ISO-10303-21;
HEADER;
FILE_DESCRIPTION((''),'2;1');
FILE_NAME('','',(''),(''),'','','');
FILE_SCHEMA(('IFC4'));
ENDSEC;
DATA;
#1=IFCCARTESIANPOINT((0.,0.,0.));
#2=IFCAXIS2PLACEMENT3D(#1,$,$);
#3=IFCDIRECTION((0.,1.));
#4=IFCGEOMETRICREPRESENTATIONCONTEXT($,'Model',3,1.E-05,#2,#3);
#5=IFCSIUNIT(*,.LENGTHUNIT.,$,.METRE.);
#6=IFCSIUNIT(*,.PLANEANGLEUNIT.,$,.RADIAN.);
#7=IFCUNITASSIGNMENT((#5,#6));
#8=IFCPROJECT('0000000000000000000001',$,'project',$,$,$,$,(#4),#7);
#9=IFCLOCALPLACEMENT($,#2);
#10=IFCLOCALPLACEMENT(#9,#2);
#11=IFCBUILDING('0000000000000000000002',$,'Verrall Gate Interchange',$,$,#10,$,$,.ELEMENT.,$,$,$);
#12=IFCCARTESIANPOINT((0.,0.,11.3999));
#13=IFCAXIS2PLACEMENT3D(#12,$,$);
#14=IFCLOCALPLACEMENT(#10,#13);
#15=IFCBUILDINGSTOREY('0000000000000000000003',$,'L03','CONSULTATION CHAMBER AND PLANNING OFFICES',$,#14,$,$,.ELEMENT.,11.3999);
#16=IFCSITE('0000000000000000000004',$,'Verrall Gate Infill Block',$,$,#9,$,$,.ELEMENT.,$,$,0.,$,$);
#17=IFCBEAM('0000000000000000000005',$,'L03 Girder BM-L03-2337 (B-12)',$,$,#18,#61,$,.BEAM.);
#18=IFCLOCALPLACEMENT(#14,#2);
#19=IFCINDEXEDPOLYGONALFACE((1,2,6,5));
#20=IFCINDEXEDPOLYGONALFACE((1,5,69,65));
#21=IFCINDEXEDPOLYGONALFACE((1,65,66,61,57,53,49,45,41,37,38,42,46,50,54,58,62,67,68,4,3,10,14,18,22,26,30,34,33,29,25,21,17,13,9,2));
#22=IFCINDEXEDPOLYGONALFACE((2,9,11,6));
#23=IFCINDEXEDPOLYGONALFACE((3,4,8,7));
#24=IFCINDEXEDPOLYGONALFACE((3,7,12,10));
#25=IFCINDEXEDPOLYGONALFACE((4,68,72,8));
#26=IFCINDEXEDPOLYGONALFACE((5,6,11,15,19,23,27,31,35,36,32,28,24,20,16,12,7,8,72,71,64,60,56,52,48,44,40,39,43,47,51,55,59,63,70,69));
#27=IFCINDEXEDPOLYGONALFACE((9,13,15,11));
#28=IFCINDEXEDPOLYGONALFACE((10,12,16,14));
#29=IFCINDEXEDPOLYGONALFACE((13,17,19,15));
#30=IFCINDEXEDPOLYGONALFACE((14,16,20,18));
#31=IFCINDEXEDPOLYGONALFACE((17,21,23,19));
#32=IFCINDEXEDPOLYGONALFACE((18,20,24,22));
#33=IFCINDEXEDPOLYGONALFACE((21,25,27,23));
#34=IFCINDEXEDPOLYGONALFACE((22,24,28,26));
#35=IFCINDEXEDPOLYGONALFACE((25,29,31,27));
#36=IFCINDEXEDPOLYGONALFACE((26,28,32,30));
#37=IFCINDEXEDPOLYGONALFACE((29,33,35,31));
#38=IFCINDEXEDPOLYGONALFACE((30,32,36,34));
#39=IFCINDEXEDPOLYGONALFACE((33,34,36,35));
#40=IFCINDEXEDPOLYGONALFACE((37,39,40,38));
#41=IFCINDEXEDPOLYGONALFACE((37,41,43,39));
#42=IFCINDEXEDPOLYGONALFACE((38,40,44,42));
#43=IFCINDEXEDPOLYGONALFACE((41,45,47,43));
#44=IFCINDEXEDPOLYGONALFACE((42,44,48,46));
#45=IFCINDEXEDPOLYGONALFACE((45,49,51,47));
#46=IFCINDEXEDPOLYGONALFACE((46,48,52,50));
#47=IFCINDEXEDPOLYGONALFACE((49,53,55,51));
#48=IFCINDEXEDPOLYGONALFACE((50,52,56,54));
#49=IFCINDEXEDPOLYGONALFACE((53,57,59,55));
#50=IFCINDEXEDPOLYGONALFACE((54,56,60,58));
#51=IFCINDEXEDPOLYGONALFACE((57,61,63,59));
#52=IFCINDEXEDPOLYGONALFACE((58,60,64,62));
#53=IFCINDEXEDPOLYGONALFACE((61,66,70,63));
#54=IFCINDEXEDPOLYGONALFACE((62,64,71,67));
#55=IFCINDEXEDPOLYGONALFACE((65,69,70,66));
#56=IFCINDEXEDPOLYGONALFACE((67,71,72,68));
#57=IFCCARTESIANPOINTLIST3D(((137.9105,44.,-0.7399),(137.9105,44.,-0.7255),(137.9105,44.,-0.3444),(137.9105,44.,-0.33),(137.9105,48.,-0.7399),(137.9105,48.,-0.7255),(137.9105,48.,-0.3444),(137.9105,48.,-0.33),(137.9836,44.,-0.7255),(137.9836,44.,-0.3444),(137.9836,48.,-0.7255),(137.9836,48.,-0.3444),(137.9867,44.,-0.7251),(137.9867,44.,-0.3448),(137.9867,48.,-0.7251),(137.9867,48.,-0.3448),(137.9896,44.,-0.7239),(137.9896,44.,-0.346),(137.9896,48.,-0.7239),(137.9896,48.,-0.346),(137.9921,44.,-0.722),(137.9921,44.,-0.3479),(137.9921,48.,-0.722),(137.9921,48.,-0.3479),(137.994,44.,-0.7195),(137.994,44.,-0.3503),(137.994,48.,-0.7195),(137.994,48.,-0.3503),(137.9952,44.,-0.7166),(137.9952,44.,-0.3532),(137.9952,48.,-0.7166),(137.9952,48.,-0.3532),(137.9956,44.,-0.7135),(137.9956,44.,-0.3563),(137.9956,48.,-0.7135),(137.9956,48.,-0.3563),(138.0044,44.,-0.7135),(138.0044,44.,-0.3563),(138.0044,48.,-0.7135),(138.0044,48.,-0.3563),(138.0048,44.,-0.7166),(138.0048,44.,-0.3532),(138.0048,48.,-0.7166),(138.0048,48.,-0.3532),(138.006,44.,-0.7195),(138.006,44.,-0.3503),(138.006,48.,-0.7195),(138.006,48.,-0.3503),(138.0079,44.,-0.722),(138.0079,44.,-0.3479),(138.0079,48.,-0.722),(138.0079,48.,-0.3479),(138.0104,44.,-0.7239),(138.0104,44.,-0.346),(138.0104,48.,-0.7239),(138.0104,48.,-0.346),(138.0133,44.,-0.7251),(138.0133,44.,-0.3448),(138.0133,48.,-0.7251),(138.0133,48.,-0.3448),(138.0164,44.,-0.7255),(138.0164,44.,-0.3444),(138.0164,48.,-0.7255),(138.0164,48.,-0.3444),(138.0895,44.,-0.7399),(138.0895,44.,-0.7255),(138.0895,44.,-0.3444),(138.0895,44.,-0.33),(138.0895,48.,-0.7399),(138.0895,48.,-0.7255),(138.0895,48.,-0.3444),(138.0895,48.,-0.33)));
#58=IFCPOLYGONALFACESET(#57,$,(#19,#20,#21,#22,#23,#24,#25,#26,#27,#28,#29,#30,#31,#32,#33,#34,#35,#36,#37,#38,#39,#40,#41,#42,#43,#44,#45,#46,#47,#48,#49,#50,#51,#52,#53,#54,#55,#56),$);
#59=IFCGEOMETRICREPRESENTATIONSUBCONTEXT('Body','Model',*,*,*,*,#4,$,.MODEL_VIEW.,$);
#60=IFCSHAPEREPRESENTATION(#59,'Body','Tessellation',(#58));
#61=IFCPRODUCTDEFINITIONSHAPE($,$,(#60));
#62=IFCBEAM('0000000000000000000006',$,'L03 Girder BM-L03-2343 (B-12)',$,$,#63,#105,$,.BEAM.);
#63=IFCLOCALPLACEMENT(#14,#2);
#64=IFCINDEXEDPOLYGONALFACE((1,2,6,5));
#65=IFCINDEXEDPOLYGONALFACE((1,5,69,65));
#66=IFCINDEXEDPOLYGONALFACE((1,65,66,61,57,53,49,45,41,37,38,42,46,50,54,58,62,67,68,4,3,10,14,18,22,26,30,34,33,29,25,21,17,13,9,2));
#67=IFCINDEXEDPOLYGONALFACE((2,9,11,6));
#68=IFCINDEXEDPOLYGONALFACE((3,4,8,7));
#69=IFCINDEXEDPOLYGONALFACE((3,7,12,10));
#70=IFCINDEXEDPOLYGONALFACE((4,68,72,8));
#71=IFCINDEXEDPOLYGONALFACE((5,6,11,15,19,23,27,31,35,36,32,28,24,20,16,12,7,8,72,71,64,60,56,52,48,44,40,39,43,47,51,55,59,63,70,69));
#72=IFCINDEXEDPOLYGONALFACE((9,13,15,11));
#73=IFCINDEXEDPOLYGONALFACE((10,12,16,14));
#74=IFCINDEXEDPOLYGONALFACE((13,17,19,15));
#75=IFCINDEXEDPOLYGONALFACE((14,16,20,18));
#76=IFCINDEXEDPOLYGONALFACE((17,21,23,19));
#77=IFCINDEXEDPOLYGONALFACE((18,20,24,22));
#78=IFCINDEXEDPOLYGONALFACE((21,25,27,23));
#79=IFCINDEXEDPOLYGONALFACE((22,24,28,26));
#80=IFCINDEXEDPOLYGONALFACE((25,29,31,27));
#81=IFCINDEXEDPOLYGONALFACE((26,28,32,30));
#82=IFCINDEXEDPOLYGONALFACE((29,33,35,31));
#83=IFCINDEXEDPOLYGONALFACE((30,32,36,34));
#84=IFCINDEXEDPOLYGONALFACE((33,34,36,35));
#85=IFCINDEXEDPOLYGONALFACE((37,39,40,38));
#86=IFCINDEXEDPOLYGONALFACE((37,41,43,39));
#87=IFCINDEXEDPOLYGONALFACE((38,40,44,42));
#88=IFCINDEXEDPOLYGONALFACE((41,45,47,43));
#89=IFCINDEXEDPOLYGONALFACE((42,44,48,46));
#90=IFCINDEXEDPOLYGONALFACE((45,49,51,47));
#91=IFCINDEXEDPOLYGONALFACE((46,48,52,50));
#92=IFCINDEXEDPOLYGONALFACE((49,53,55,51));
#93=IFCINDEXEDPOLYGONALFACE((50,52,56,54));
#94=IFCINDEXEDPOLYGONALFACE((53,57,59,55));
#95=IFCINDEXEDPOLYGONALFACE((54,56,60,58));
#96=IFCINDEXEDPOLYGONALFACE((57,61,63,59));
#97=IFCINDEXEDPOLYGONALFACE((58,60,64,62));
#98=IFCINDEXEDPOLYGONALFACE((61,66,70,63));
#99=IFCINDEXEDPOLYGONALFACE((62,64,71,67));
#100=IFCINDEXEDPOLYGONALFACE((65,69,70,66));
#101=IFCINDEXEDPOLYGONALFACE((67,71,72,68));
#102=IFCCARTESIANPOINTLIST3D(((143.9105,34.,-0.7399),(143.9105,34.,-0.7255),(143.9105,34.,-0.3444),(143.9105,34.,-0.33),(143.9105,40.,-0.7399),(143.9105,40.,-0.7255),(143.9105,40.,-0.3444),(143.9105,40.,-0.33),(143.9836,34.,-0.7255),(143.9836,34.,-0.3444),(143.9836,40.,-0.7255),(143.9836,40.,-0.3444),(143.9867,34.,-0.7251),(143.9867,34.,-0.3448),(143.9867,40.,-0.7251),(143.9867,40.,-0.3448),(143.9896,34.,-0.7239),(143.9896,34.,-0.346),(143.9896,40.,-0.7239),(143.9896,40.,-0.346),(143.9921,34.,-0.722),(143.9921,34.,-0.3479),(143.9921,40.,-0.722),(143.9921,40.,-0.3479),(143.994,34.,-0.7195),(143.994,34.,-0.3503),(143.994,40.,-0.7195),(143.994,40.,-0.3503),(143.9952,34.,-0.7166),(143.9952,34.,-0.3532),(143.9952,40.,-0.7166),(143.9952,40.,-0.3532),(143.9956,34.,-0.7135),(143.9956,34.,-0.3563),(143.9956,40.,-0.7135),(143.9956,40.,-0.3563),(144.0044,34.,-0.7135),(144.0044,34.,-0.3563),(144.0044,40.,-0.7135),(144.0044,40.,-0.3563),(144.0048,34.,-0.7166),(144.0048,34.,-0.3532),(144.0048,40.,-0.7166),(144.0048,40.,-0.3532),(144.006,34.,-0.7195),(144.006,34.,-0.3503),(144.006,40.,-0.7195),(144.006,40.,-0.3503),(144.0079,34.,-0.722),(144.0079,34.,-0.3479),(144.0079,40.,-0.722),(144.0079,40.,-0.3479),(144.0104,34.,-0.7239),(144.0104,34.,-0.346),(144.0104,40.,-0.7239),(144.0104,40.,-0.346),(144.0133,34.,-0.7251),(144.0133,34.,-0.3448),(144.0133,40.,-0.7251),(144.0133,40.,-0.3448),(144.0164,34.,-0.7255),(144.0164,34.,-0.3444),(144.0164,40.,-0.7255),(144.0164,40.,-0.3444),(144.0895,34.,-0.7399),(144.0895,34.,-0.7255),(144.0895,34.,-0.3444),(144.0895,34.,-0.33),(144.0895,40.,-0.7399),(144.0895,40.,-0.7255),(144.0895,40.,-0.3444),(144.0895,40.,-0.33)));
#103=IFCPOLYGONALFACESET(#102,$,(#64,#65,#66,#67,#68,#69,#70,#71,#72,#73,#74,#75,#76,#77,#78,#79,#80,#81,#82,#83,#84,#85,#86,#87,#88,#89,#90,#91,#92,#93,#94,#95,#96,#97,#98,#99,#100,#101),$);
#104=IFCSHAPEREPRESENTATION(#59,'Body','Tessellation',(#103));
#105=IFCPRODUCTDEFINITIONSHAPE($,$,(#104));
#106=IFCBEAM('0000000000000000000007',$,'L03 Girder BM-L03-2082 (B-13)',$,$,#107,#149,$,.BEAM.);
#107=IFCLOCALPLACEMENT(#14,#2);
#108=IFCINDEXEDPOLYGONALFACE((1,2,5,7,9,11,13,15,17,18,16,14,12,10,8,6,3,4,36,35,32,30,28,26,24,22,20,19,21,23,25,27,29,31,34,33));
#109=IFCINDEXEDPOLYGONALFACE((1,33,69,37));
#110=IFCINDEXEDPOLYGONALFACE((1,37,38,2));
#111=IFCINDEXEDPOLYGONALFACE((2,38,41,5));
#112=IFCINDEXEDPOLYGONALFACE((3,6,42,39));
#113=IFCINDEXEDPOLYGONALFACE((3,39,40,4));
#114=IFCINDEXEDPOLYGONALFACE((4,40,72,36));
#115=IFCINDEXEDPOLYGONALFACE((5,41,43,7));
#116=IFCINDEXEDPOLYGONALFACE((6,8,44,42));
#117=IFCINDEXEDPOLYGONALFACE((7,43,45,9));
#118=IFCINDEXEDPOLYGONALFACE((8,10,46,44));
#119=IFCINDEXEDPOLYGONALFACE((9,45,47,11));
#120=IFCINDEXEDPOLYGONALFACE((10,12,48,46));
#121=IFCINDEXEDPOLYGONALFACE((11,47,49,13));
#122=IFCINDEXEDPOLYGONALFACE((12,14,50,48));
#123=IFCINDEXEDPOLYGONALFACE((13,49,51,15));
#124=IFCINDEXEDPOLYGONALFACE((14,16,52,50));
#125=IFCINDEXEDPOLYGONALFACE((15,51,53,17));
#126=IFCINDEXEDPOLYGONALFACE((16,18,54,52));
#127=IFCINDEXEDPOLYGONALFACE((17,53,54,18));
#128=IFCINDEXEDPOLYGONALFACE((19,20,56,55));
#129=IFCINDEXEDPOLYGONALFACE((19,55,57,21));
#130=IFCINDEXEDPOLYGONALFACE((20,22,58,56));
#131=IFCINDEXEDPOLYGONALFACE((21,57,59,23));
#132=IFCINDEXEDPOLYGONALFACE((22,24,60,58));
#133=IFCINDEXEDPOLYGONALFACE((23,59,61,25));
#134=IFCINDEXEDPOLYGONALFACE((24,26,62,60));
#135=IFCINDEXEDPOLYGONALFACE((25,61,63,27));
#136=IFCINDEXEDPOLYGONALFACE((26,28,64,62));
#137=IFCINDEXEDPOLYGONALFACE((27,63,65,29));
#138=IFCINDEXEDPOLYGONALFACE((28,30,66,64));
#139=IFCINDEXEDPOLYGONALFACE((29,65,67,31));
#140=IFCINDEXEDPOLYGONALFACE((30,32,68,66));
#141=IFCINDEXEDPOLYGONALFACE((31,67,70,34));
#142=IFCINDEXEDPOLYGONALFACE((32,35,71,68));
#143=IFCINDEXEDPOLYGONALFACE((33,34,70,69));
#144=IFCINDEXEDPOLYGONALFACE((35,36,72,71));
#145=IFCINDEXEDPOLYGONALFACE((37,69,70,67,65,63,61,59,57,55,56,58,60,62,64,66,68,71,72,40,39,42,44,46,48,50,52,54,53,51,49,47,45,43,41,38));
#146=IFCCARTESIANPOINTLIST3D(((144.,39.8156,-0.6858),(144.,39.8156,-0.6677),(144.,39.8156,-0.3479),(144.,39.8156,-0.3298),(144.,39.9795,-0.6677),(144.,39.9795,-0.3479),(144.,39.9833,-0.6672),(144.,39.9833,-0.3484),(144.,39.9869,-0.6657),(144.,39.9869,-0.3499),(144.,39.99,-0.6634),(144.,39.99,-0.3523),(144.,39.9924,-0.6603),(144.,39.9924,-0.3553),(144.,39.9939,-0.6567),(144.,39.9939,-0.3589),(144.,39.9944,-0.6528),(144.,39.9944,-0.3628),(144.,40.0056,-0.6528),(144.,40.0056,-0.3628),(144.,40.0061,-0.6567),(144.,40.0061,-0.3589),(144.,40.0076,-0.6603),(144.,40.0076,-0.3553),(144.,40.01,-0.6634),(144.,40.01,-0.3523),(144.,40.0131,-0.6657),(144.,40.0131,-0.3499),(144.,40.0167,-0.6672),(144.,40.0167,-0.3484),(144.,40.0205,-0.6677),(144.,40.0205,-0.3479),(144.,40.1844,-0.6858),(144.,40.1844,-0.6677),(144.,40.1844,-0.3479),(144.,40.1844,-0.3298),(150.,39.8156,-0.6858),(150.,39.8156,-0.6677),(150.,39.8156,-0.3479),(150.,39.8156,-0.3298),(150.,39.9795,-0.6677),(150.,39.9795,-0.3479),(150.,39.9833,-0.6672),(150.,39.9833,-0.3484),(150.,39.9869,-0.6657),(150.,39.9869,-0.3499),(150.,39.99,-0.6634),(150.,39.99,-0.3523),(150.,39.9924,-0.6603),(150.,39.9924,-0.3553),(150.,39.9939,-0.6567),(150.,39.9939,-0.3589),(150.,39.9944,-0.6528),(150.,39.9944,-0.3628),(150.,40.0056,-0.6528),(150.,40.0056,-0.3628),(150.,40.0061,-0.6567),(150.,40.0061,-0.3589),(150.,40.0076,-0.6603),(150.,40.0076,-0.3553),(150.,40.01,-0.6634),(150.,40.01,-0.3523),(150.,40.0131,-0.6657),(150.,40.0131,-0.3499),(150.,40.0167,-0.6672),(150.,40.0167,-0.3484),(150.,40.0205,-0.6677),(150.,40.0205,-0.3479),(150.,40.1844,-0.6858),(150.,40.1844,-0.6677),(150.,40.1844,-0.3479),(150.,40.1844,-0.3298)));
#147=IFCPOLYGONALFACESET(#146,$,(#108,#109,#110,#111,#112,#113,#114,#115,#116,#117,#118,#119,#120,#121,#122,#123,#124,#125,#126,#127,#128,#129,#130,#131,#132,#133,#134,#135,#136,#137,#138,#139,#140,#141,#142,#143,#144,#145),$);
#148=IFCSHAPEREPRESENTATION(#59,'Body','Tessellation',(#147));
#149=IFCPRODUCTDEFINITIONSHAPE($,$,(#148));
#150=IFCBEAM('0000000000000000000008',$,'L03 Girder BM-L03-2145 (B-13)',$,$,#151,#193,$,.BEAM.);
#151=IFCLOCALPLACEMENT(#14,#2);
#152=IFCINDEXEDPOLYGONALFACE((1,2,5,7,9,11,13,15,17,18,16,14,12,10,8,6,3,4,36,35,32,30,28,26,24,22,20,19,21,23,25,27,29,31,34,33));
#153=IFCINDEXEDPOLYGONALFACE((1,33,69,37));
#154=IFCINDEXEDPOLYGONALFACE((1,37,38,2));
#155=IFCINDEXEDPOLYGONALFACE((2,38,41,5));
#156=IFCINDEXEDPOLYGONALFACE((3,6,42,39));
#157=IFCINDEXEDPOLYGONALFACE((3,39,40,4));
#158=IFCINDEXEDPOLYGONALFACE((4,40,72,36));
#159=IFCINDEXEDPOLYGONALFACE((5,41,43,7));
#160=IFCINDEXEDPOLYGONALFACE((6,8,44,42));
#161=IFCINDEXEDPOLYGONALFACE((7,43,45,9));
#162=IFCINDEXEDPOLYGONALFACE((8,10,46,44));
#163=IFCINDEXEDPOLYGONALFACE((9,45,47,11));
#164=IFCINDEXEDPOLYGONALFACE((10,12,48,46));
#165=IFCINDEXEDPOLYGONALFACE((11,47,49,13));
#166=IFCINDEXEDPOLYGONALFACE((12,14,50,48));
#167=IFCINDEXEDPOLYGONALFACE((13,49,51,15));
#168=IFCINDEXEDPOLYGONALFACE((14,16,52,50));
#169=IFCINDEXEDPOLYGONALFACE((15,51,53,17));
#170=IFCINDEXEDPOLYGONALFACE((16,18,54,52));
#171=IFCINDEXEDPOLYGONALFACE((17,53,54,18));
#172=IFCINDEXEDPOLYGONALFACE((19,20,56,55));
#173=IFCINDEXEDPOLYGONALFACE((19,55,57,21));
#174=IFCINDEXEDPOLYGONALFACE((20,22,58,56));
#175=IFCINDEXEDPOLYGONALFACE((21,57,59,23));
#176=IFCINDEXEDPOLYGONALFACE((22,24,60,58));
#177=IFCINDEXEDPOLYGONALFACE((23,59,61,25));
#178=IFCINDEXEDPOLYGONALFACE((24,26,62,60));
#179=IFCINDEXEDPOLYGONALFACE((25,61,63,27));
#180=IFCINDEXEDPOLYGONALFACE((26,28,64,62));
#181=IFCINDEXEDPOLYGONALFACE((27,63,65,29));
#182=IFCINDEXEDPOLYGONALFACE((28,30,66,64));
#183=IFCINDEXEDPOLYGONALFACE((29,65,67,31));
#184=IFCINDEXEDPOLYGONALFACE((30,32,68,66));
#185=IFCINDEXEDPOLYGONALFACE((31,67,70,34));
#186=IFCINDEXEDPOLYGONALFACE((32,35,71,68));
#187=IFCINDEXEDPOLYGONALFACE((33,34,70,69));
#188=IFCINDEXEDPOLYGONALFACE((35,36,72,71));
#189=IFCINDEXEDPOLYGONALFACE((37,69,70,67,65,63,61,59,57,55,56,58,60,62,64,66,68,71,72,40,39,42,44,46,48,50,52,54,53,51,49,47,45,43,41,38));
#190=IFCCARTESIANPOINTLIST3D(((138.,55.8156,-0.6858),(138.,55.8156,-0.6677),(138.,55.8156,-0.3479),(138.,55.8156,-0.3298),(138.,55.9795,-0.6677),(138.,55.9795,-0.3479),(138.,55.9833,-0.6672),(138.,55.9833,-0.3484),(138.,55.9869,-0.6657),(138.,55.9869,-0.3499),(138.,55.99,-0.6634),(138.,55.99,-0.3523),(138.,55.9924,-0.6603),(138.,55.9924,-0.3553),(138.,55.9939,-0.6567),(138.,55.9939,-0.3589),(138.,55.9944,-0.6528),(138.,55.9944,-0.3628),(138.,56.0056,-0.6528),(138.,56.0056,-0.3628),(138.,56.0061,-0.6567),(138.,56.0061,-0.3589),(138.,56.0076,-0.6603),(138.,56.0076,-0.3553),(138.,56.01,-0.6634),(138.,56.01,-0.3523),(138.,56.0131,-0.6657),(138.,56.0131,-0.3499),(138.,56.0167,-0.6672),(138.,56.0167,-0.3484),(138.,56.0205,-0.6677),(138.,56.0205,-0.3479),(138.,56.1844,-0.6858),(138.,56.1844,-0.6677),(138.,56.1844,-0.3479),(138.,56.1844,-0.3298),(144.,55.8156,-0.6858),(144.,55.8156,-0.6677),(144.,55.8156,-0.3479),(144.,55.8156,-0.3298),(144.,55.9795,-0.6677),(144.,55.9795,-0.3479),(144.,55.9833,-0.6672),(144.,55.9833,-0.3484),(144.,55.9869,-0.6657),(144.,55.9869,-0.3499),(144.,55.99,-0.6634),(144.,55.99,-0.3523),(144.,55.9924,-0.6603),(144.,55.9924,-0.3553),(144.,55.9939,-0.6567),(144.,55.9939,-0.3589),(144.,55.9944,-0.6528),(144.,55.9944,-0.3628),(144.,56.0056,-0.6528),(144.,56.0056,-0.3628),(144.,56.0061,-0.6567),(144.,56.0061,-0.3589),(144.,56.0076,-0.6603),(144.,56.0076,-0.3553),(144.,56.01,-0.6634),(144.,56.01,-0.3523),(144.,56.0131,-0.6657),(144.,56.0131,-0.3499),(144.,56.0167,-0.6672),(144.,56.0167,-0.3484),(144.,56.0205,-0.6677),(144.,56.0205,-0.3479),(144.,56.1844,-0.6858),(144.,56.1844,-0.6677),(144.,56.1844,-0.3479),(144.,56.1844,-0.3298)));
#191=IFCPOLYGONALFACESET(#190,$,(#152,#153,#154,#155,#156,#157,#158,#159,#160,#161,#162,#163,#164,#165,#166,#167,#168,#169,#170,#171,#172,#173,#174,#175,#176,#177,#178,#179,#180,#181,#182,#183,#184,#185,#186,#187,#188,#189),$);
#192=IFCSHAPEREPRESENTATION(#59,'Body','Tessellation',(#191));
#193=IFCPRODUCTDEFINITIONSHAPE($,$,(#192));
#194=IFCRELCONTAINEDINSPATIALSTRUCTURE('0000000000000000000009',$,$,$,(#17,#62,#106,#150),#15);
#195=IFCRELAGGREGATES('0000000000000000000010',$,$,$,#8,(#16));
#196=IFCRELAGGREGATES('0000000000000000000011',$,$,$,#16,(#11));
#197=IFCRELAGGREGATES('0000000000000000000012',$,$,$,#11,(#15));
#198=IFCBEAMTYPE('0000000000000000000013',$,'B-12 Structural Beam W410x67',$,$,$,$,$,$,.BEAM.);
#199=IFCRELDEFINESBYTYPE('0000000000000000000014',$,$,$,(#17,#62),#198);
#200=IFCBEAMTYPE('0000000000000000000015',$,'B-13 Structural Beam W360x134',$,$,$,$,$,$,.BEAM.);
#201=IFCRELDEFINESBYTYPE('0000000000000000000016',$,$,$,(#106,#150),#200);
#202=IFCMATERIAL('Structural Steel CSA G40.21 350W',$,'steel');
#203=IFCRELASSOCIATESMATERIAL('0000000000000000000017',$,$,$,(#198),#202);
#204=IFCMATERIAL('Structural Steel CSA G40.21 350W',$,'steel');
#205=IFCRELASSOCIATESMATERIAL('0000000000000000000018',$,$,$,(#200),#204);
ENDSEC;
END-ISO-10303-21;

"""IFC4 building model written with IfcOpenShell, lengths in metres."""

from ifc_helpers import new_model, si_unit, direction, frame, origin, origin_2d, place, context, subcontext, project, spatial, i_section, extrude, material, material_profile, profile_set, type_object, element, save


model = new_model("IFC4")

# Units and contexts
model_context = context("Model", 3, precision=1e-05, world=origin(), true_north=direction((0.0, 1.0)))
body_context = subcontext(model_context, "Body", "Model", "MODEL_VIEW")
ifc_project = project(units=[si_unit("LENGTHUNIT", "METRE"), si_unit("PLANEANGLEUNIT", "RADIAN")], contexts=[model_context])

# Site, building, storey
site_placement = place(None, origin())
site = spatial("IfcSite", under=ifc_project, at=site_placement, Name="Verrall Gate Infill Block", CompositionType="ELEMENT", RefElevation=0.0)
building_placement = place(site_placement, origin())
building = spatial("IfcBuilding", under=site, at=building_placement, Name="Verrall Gate Interchange", CompositionType="ELEMENT")
storey_placement = place(building_placement, frame((0.0, 0.0, 11.3999)))
storey = spatial("IfcBuildingStorey", under=building, at=storey_placement, Name="L03", Description="CONSULTATION CHAMBER AND PLANNING OFFICES", CompositionType="ELEMENT", Elevation=11.3999)

# Beams
ifc_material_1 = material(Name="Structural Steel CSA G40.21 350W", Category="steel")
ifc_material_profile_1 = material_profile(ifc_material_1, i_section(OverallWidth=0.179, OverallDepth=0.4099, WebThickness=0.0088, FlangeThickness=0.0144, FilletRadius=0.012, at=origin_2d()), Name="W410x67")
ifc_profile_set_1 = profile_set([ifc_material_profile_1], Name="Structural Steel CSA G40.21 350W")
beam_type_1 = type_object("IfcBeamType", Name="B-12 Structural Beam W410x67", PredefinedType="BEAM", material=ifc_profile_set_1)
for number, where, z_axis, x_axis, name in (
    (1, (138.0, 44.0, -0.5349), (0.0, 1.0, 0.0), (-1.0, 0.0, 0.0), "L03 Girder BM-L03-2337 (B-12)"),
):
    element("IfcBeam", number, at=place(storey_placement, frame(where, z_axis=z_axis, x_axis=x_axis)), inside=storey, type_object=beam_type_1, Name=name, PredefinedType="BEAM", context=body_context, shape_type="SweptSolid", body=[
        extrude(i_section(OverallWidth=0.179, OverallDepth=0.4099, WebThickness=0.0088, FlangeThickness=0.0144, FilletRadius=0.012, at=origin_2d()), origin(), (0.0, 0.0, 1.0), 4.0),
    ])
beam_1_placement = place(storey_placement, frame((144.0, 34.0, -0.5349), z_axis=(0.0, 1.0, 0.0), x_axis=(-1.0, 0.0, 0.0)))
element("IfcBeam", 2, at=beam_1_placement, inside=storey, type_object=beam_type_1, Name="L03 Girder BM-L03-2343 (B-12)", PredefinedType="BEAM", context=body_context, shape_type="SweptSolid", body=[
    extrude(i_section(OverallWidth=0.179, OverallDepth=0.4099, WebThickness=0.0088, FlangeThickness=0.0144, FilletRadius=0.012, at=origin_2d()), origin(), (0.0, 0.0, 1.0), 6.0),
])
ifc_material_2 = material(Name="Structural Steel CSA G40.21 350W", Category="steel")
ifc_material_profile_2 = material_profile(ifc_material_2, i_section(OverallWidth=0.3689, OverallDepth=0.356, WebThickness=0.0112, FlangeThickness=0.0181, FilletRadius=0.0149, at=origin_2d()), Name="W360x134")
ifc_profile_set_2 = profile_set([ifc_material_profile_2], Name="Structural Steel CSA G40.21 350W")
beam_type_2 = type_object("IfcBeamType", Name="B-13 Structural Beam W360x134", PredefinedType="BEAM", material=ifc_profile_set_2)
for number, where, z_axis, x_axis, name in (
    (3, (144.0, 40.0, -0.5078), (1.0, 0.0, 0.0), (0.0, 1.0, 0.0), "L03 Girder BM-L03-2082 (B-13)"),
    (4, (138.0, 56.0, -0.5078), (1.0, 0.0, 0.0), (0.0, 1.0, 0.0), "L03 Girder BM-L03-2145 (B-13)"),
):
    element("IfcBeam", number, at=place(storey_placement, frame(where, z_axis=z_axis, x_axis=x_axis)), inside=storey, type_object=beam_type_2, Name=name, PredefinedType="BEAM", context=body_context, shape_type="SweptSolid", body=[
        extrude(i_section(OverallWidth=0.3689, OverallDepth=0.356, WebThickness=0.0112, FlangeThickness=0.0181, FilletRadius=0.0149, at=origin_2d()), origin(), (0.0, 0.0, 1.0), 6.0),
    ])

save(model, "model.ifc")
